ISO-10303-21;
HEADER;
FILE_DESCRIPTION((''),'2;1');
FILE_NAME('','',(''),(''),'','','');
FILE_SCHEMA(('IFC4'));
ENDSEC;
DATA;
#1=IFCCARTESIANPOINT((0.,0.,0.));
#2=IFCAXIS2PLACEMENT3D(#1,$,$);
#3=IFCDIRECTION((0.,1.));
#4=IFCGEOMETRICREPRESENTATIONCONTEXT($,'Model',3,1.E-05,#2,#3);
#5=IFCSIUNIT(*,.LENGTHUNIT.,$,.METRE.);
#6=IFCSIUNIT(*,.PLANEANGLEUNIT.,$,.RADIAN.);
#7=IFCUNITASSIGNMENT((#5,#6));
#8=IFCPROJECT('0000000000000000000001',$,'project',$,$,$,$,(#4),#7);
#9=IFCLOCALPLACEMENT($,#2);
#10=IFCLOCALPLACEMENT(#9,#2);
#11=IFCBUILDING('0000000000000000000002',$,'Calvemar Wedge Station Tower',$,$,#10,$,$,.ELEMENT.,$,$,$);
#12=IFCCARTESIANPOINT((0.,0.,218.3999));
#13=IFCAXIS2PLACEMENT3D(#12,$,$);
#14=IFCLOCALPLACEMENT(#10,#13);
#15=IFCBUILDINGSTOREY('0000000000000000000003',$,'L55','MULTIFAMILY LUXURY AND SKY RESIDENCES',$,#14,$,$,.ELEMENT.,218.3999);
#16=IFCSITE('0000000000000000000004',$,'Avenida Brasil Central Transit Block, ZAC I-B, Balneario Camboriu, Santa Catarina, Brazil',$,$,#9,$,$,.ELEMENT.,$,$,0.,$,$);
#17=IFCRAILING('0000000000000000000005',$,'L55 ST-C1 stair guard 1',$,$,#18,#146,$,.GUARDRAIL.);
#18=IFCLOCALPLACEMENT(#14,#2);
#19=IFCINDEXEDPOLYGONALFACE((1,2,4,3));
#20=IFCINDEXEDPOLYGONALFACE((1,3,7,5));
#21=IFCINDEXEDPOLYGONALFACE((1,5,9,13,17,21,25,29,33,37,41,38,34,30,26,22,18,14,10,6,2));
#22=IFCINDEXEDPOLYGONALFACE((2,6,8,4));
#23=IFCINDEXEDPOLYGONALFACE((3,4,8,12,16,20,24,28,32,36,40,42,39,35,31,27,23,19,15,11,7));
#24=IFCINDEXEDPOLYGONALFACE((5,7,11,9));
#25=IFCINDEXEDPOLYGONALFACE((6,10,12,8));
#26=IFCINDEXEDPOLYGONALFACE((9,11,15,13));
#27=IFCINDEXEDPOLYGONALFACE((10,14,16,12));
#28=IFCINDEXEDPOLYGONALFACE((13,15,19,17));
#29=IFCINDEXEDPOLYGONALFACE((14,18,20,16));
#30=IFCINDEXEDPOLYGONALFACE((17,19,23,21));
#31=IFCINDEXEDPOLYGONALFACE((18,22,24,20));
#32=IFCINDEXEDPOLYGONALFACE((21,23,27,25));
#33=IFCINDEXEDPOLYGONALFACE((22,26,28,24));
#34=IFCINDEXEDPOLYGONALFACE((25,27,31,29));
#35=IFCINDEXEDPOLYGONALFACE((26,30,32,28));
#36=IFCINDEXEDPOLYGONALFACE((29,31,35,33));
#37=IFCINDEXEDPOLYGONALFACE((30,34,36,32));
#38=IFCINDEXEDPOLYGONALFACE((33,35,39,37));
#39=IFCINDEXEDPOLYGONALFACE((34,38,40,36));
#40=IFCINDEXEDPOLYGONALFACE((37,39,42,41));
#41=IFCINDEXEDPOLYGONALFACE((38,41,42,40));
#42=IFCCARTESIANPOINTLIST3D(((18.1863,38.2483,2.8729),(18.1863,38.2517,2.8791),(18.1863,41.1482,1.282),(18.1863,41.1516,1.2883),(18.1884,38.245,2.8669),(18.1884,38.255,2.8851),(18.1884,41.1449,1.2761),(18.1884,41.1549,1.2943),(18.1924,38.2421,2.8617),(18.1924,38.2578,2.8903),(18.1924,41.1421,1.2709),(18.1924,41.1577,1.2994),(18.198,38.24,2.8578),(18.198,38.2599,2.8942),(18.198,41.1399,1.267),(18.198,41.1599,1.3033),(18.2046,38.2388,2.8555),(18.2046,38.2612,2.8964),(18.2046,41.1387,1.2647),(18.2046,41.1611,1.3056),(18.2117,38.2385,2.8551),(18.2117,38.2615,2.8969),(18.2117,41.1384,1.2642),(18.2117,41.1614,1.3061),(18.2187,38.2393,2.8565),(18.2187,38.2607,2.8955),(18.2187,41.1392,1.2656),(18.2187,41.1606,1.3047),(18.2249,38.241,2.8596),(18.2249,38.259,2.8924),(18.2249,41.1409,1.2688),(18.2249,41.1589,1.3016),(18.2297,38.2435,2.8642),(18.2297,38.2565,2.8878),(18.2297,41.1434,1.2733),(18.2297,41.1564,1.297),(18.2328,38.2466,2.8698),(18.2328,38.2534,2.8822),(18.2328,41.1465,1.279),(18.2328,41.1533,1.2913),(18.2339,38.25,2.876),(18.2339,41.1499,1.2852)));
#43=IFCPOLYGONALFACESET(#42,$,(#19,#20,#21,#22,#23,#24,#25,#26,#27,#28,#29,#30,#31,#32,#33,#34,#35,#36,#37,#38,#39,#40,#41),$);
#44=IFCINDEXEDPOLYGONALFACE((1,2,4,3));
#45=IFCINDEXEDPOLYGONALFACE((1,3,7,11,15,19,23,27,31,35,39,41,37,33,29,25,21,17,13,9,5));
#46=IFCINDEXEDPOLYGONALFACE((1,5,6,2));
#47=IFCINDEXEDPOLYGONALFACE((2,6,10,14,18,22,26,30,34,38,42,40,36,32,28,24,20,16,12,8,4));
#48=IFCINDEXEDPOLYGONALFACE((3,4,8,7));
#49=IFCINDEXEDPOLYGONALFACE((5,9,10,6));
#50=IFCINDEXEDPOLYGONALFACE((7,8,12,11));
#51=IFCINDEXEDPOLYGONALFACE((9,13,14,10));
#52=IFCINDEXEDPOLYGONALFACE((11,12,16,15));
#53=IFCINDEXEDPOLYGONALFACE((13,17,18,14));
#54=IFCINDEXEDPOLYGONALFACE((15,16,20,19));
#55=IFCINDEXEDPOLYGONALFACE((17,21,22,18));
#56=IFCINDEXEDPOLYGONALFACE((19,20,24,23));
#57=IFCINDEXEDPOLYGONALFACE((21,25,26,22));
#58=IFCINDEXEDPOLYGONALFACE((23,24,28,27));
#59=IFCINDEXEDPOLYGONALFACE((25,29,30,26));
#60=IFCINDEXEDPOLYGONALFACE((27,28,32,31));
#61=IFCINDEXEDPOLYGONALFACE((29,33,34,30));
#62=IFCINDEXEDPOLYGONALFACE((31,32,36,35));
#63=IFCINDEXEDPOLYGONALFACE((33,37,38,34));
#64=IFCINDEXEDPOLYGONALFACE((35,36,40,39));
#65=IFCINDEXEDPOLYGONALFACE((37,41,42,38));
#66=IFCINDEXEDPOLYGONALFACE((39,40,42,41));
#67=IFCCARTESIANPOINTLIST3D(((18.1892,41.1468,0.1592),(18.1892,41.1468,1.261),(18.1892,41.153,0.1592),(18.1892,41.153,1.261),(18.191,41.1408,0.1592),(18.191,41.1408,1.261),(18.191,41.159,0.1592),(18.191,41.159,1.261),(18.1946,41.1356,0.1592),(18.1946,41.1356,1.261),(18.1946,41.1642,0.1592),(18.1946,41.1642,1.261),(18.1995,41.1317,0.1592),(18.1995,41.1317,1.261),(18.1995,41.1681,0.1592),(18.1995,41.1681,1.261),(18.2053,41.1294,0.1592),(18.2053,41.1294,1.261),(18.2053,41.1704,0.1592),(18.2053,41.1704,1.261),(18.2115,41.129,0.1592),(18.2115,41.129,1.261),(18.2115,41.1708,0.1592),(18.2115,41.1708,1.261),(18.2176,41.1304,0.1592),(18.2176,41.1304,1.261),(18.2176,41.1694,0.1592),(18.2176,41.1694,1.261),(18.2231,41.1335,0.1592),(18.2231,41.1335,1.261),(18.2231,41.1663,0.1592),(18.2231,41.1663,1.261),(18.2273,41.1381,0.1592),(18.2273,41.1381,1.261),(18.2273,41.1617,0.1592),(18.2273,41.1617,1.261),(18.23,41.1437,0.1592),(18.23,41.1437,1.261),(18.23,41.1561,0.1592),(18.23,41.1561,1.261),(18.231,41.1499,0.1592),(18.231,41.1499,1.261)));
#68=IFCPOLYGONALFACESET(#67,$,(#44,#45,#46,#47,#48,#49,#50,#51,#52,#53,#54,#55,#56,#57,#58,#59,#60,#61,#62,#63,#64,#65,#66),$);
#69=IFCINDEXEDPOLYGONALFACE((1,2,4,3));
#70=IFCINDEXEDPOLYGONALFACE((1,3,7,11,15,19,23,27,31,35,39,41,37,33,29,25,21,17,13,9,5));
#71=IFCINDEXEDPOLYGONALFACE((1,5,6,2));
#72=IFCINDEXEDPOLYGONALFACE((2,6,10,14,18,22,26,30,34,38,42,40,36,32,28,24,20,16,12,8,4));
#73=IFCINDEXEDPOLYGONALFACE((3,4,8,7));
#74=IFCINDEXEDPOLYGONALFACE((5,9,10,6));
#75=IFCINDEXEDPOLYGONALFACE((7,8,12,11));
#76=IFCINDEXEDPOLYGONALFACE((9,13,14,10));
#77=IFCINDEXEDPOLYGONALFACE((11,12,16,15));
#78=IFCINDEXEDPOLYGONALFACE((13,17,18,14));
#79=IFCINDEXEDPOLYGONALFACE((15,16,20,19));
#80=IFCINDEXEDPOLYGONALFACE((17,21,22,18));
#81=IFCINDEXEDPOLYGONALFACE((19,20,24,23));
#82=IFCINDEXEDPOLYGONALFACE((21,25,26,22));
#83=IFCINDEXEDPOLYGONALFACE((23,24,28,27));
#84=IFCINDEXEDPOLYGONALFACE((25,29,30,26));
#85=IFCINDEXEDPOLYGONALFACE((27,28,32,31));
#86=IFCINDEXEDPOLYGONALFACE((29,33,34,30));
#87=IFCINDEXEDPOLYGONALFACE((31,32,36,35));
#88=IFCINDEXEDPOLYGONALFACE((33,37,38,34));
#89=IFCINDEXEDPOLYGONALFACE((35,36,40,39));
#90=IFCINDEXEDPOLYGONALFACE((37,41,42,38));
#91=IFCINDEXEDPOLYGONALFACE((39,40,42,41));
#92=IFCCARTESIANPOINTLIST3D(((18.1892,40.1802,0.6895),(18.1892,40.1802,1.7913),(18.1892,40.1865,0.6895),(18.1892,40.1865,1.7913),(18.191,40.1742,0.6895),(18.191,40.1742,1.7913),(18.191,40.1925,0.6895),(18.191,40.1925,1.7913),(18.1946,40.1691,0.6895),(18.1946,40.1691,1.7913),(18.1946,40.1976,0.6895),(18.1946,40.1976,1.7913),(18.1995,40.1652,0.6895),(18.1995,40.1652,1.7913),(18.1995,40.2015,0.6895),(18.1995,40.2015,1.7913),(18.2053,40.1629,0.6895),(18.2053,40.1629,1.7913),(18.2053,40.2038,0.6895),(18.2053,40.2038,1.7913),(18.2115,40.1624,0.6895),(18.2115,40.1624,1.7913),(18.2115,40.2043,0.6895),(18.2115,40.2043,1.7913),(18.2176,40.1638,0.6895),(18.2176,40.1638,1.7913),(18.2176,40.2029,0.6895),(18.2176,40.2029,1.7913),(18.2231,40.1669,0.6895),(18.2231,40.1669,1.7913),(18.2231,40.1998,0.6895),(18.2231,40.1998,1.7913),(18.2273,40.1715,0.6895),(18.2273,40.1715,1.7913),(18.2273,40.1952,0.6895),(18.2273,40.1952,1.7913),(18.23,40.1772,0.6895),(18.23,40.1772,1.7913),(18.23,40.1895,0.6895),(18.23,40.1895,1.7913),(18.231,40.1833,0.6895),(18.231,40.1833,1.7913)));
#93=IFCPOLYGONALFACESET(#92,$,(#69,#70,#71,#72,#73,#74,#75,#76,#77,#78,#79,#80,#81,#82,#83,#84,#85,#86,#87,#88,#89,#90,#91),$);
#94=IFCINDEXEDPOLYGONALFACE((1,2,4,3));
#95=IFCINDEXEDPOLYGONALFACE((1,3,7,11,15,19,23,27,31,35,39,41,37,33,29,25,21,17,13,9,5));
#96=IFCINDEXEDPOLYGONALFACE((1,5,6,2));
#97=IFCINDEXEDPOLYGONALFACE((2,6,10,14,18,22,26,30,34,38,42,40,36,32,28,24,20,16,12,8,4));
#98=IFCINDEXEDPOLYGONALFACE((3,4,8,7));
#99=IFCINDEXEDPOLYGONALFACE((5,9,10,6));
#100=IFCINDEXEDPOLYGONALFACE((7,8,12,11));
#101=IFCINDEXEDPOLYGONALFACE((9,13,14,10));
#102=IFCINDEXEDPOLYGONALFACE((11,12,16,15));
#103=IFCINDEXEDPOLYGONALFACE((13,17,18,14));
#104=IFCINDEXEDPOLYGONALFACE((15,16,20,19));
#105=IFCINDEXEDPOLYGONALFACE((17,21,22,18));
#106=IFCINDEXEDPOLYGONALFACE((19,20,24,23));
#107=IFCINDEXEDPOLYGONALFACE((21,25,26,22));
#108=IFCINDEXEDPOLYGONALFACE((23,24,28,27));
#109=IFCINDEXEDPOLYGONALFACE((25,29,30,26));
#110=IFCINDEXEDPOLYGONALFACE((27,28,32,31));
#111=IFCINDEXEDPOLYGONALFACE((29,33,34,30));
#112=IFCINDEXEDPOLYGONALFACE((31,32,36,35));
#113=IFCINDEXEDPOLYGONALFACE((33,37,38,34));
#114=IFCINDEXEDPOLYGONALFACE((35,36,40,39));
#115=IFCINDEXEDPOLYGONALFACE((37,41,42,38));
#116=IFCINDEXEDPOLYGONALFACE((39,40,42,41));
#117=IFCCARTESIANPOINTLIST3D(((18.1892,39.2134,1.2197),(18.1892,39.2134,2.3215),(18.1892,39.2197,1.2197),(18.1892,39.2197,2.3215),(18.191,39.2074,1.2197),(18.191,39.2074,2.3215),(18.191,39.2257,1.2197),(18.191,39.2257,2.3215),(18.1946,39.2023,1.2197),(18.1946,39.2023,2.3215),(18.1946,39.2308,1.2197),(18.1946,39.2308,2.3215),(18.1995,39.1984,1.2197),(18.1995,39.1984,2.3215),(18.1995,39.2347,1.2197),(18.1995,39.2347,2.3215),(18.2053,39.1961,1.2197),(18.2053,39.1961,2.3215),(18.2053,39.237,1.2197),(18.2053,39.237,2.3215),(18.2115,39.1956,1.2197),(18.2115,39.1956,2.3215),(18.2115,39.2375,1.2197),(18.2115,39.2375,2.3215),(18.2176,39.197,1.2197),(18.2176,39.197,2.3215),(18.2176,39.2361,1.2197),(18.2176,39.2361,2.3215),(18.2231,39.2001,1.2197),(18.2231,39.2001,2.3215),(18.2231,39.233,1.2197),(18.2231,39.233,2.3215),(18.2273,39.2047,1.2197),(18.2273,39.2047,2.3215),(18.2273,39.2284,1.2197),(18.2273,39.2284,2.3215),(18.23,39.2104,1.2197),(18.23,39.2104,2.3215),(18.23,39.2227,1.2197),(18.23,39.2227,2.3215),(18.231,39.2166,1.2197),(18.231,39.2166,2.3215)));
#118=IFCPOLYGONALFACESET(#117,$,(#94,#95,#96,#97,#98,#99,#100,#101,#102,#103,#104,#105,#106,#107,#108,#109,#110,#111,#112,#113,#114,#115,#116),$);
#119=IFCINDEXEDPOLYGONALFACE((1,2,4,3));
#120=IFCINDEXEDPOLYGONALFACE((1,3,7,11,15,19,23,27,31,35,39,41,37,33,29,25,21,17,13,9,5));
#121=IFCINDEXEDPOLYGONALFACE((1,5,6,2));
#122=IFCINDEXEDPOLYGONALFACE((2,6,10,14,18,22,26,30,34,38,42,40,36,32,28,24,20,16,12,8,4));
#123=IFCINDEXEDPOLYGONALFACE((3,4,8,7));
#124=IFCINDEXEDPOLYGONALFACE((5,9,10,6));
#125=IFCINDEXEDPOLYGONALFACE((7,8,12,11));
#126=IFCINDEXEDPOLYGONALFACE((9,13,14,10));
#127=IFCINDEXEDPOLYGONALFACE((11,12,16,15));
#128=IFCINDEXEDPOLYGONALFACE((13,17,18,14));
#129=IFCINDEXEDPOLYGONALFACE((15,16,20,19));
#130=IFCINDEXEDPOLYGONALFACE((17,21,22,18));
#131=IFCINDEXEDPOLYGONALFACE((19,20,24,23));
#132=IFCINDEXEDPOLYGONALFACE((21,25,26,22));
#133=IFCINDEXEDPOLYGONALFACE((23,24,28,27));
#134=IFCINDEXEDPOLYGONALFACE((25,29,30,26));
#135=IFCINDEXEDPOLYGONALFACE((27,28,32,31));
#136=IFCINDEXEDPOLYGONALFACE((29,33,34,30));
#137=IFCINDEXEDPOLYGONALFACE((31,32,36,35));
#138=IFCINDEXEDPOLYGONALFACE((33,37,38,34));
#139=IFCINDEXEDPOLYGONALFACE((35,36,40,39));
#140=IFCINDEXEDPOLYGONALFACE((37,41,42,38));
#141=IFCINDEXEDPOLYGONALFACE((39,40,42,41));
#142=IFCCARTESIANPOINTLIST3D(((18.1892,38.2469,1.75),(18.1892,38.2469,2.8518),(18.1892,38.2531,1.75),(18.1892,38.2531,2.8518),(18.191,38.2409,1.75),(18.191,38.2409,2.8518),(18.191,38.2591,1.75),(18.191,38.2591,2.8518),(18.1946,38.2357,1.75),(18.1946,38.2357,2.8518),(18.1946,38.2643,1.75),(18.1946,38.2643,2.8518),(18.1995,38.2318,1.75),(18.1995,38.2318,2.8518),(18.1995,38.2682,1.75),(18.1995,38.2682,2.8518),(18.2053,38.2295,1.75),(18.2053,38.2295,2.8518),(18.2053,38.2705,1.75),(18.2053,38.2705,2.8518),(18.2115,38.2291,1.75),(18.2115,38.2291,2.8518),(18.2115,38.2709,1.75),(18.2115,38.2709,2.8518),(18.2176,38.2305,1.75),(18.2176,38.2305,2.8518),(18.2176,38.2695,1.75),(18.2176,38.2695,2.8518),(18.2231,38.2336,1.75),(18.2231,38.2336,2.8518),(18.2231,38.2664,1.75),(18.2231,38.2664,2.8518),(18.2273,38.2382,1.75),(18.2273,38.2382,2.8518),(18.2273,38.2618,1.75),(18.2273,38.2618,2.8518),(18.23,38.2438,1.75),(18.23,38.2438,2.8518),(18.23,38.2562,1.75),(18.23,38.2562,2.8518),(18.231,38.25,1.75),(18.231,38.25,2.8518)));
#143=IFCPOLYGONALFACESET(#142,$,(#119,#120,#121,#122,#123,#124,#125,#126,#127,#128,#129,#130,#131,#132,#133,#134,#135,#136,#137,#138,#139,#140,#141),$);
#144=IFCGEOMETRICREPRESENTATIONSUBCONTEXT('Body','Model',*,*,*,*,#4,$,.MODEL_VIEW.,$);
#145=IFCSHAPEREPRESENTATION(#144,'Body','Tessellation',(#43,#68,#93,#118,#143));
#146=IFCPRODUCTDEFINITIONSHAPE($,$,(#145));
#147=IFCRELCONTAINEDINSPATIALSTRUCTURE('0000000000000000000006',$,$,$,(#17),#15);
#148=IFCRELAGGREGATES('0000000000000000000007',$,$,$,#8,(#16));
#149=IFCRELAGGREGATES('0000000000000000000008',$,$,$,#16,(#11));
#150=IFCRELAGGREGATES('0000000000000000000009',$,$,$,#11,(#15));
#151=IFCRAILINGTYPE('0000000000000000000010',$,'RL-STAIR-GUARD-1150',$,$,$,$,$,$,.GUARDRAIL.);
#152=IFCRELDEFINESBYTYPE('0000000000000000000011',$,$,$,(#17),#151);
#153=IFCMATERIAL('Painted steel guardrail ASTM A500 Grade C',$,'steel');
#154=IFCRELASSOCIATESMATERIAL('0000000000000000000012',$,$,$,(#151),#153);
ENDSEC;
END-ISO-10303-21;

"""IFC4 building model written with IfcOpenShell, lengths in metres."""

from ifc_helpers import new_model, si_unit, direction, frame, origin, origin_2d, place, context, subcontext, project, spatial, circle, extrude, material, type_object, element, save


model = new_model("IFC4")

# Units and contexts
model_context = context("Model", 3, precision=1e-05, world=origin(), true_north=direction((0.0, 1.0)))
body_context = subcontext(model_context, "Body", "Model", "MODEL_VIEW")
ifc_project = project(units=[si_unit("LENGTHUNIT", "METRE"), si_unit("PLANEANGLEUNIT", "RADIAN")], contexts=[model_context])

# Site, building, storey
site_placement = place(None, origin())
site = spatial("IfcSite", under=ifc_project, at=site_placement, Name="Avenida Brasil Central Transit Block, ZAC I-B, Balneario Camboriu, Santa Catarina, Brazil", CompositionType="ELEMENT", RefElevation=0.0)
building_placement = place(site_placement, origin())
building = spatial("IfcBuilding", under=site, at=building_placement, Name="Calvemar Wedge Station Tower", CompositionType="ELEMENT")
storey_placement = place(building_placement, frame((0.0, 0.0, 218.3999)))
storey = spatial("IfcBuildingStorey", under=building, at=storey_placement, Name="L55", Description="MULTIFAMILY LUXURY AND SKY RESIDENCES", CompositionType="ELEMENT", Elevation=218.3999)

# Railing
ifc_material_1 = material(Name="Painted steel guardrail ASTM A500 Grade C", Category="steel")
railing_type = type_object("IfcRailingType", Name="RL-STAIR-GUARD-1150", PredefinedType="GUARDRAIL", material=ifc_material_1)
railing_1_placement = place(storey_placement, frame((18.21, 41.1499, 0.1592)))
element("IfcRailing", 1, at=railing_1_placement, inside=storey, type_object=railing_type, Name="L55 ST-C1 stair guard 1", PredefinedType="GUARDRAIL", context=body_context, shape_type="SweptSolid", body=[
    extrude(circle(Radius=0.0239, at=origin_2d()), frame((0.0, 0.0, 1.126), z_axis=(0.0, -0.876742, 0.480961), x_axis=(1.0, 0.0, 0.0)), (0.0, 0.0, 1.0), 3.3076),
    extrude(circle(Radius=0.021, at=origin_2d()), origin(), (0.0, 0.0, 1.0), 1.1018),
    extrude(circle(Radius=0.021, at=origin_2d()), frame((0.0, -0.9666, 0.5303)), (0.0, 0.0, 1.0), 1.1018),
    extrude(circle(Radius=0.021, at=origin_2d()), frame((0.0, -1.9333, 1.0605)), (0.0, 0.0, 1.0), 1.1018),
    extrude(circle(Radius=0.021, at=origin_2d()), frame((0.0, -2.8999, 1.5908)), (0.0, 0.0, 1.0), 1.1018),
])

save(model, "model.ifc")
